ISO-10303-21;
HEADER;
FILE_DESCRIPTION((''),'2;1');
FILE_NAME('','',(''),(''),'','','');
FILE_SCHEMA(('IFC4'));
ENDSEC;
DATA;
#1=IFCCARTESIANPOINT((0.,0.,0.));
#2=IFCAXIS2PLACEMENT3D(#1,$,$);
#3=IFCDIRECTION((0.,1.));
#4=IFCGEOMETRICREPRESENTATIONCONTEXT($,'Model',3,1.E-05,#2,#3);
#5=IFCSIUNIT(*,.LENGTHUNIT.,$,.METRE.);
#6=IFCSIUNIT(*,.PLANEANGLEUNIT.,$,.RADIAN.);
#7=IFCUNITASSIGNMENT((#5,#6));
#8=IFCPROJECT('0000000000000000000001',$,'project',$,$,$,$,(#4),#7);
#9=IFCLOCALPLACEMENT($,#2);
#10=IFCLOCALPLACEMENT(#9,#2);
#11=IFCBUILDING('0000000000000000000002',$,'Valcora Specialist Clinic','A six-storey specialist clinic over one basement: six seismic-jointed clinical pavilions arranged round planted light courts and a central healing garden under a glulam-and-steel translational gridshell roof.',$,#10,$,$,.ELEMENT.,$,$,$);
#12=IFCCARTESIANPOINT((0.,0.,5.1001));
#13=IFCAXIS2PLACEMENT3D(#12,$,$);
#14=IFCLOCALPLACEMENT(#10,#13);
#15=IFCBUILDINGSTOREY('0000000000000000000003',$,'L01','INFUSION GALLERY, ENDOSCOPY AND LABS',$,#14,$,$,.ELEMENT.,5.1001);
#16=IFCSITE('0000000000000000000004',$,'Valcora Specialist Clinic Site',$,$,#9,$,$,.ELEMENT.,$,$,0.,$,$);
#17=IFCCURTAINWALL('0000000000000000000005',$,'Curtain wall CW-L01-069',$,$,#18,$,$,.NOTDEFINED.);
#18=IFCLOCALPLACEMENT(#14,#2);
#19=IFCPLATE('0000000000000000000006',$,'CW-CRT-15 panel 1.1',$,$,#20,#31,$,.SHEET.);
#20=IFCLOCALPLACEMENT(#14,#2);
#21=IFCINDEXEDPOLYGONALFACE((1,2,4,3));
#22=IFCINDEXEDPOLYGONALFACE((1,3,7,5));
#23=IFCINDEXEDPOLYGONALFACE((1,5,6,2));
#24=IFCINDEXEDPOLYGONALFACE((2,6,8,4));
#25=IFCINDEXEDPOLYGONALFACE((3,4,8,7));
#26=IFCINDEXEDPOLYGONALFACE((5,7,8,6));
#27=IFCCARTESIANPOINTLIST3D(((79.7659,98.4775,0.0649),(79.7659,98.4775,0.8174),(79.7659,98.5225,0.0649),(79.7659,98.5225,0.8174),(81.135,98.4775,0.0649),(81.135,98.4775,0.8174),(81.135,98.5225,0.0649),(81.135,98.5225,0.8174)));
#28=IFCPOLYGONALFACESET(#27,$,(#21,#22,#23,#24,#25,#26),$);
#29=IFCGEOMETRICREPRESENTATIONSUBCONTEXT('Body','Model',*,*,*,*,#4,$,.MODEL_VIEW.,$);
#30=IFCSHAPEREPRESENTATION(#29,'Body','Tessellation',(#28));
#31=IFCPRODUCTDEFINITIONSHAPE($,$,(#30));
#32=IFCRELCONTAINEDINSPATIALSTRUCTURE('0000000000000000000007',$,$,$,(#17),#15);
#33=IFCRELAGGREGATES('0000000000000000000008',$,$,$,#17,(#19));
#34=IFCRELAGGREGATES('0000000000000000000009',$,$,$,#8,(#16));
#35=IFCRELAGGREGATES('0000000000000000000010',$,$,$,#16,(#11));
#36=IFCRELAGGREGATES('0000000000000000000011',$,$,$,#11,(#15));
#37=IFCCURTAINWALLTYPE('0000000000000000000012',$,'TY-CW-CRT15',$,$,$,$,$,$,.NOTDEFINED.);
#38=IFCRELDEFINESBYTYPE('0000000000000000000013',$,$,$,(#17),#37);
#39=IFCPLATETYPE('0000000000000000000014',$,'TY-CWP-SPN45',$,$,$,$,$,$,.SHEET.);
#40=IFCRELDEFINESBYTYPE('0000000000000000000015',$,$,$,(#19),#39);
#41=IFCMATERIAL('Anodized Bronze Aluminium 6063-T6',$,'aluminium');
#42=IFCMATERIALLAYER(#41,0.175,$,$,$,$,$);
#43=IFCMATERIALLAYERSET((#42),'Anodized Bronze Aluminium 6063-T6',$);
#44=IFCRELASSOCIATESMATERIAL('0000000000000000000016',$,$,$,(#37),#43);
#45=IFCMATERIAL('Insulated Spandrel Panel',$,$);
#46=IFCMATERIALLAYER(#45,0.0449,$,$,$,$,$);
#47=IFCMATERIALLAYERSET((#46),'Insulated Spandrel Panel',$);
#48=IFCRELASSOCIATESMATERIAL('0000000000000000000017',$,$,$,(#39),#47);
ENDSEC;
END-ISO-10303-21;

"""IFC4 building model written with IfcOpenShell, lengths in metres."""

from ifc_helpers import new_model, si_unit, direction, frame, origin, origin_2d, place, context, subcontext, project, spatial, rectangle, extrude, material, layer, layer_set, type_object, element, aggregate, save


model = new_model("IFC4")

# Units and contexts
model_context = context("Model", 3, precision=1e-05, world=origin(), true_north=direction((0.0, 1.0)))
body_context = subcontext(model_context, "Body", "Model", "MODEL_VIEW")
ifc_project = project(units=[si_unit("LENGTHUNIT", "METRE"), si_unit("PLANEANGLEUNIT", "RADIAN")], contexts=[model_context])

# Site, building, storey
site_placement = place(None, origin())
site = spatial("IfcSite", under=ifc_project, at=site_placement, Name="Valcora Specialist Clinic Site", CompositionType="ELEMENT", RefElevation=0.0)
building_placement = place(site_placement, origin())
building = spatial("IfcBuilding", under=site, at=building_placement, Name="Valcora Specialist Clinic", Description="A six-storey specialist clinic over one basement: six seismic-jointed clinical pavilions arranged round planted light courts and a central healing garden under a glulam-and-steel translational gridshell roof.", CompositionType="ELEMENT")
storey_placement = place(building_placement, frame((0.0, 0.0, 5.1001)))
storey = spatial("IfcBuildingStorey", under=building, at=storey_placement, Name="L01", Description="INFUSION GALLERY, ENDOSCOPY AND LABS", CompositionType="ELEMENT", Elevation=5.1001)

# Curtain wall
ifc_material_1 = material(Name="Anodized Bronze Aluminium 6063-T6", Category="aluminium")
ifc_layer_1 = layer(ifc_material_1, 0.175)
ifc_layer_set_1 = layer_set([ifc_layer_1], Name="Anodized Bronze Aluminium 6063-T6")
curtain_wall_type = type_object("IfcCurtainWallType", Name="TY-CW-CRT15", PredefinedType="NOTDEFINED", material=ifc_layer_set_1)
curtain_wall_1_placement = place(storey_placement, origin())
curtain_wall_1 = element("IfcCurtainWall", 1, at=curtain_wall_1_placement, inside=storey, type_object=curtain_wall_type, Name="Curtain wall CW-L01-069", PredefinedType="NOTDEFINED")

# Plate
ifc_material_2 = material(Name="Insulated Spandrel Panel")
ifc_layer_2 = layer(ifc_material_2, 0.0449)
ifc_layer_set_2 = layer_set([ifc_layer_2], Name="Insulated Spandrel Panel")
plate_type_1 = type_object("IfcPlateType", Name="TY-CWP-SPN45", PredefinedType="SHEET", material=ifc_layer_set_2)
plate_1_placement = place(storey_placement, frame((80.4504, 98.5, 0.0649), z_axis=(0.0, 0.0, 1.0), x_axis=(-1.0, 0.0, 0.0)))
plate_1 = element("IfcPlate", 2, at=plate_1_placement, type_object=plate_type_1, Name="CW-CRT-15 panel 1.1", PredefinedType="SHEET", context=body_context, shape_type="SweptSolid", body=[
    extrude(rectangle(XDim=1.3691, YDim=0.0449, at=origin_2d()), origin(), (0.0, 0.0, 1.0), 0.7524),
])
aggregate(curtain_wall_1, [plate_1])

save(model, "model.ifc")
